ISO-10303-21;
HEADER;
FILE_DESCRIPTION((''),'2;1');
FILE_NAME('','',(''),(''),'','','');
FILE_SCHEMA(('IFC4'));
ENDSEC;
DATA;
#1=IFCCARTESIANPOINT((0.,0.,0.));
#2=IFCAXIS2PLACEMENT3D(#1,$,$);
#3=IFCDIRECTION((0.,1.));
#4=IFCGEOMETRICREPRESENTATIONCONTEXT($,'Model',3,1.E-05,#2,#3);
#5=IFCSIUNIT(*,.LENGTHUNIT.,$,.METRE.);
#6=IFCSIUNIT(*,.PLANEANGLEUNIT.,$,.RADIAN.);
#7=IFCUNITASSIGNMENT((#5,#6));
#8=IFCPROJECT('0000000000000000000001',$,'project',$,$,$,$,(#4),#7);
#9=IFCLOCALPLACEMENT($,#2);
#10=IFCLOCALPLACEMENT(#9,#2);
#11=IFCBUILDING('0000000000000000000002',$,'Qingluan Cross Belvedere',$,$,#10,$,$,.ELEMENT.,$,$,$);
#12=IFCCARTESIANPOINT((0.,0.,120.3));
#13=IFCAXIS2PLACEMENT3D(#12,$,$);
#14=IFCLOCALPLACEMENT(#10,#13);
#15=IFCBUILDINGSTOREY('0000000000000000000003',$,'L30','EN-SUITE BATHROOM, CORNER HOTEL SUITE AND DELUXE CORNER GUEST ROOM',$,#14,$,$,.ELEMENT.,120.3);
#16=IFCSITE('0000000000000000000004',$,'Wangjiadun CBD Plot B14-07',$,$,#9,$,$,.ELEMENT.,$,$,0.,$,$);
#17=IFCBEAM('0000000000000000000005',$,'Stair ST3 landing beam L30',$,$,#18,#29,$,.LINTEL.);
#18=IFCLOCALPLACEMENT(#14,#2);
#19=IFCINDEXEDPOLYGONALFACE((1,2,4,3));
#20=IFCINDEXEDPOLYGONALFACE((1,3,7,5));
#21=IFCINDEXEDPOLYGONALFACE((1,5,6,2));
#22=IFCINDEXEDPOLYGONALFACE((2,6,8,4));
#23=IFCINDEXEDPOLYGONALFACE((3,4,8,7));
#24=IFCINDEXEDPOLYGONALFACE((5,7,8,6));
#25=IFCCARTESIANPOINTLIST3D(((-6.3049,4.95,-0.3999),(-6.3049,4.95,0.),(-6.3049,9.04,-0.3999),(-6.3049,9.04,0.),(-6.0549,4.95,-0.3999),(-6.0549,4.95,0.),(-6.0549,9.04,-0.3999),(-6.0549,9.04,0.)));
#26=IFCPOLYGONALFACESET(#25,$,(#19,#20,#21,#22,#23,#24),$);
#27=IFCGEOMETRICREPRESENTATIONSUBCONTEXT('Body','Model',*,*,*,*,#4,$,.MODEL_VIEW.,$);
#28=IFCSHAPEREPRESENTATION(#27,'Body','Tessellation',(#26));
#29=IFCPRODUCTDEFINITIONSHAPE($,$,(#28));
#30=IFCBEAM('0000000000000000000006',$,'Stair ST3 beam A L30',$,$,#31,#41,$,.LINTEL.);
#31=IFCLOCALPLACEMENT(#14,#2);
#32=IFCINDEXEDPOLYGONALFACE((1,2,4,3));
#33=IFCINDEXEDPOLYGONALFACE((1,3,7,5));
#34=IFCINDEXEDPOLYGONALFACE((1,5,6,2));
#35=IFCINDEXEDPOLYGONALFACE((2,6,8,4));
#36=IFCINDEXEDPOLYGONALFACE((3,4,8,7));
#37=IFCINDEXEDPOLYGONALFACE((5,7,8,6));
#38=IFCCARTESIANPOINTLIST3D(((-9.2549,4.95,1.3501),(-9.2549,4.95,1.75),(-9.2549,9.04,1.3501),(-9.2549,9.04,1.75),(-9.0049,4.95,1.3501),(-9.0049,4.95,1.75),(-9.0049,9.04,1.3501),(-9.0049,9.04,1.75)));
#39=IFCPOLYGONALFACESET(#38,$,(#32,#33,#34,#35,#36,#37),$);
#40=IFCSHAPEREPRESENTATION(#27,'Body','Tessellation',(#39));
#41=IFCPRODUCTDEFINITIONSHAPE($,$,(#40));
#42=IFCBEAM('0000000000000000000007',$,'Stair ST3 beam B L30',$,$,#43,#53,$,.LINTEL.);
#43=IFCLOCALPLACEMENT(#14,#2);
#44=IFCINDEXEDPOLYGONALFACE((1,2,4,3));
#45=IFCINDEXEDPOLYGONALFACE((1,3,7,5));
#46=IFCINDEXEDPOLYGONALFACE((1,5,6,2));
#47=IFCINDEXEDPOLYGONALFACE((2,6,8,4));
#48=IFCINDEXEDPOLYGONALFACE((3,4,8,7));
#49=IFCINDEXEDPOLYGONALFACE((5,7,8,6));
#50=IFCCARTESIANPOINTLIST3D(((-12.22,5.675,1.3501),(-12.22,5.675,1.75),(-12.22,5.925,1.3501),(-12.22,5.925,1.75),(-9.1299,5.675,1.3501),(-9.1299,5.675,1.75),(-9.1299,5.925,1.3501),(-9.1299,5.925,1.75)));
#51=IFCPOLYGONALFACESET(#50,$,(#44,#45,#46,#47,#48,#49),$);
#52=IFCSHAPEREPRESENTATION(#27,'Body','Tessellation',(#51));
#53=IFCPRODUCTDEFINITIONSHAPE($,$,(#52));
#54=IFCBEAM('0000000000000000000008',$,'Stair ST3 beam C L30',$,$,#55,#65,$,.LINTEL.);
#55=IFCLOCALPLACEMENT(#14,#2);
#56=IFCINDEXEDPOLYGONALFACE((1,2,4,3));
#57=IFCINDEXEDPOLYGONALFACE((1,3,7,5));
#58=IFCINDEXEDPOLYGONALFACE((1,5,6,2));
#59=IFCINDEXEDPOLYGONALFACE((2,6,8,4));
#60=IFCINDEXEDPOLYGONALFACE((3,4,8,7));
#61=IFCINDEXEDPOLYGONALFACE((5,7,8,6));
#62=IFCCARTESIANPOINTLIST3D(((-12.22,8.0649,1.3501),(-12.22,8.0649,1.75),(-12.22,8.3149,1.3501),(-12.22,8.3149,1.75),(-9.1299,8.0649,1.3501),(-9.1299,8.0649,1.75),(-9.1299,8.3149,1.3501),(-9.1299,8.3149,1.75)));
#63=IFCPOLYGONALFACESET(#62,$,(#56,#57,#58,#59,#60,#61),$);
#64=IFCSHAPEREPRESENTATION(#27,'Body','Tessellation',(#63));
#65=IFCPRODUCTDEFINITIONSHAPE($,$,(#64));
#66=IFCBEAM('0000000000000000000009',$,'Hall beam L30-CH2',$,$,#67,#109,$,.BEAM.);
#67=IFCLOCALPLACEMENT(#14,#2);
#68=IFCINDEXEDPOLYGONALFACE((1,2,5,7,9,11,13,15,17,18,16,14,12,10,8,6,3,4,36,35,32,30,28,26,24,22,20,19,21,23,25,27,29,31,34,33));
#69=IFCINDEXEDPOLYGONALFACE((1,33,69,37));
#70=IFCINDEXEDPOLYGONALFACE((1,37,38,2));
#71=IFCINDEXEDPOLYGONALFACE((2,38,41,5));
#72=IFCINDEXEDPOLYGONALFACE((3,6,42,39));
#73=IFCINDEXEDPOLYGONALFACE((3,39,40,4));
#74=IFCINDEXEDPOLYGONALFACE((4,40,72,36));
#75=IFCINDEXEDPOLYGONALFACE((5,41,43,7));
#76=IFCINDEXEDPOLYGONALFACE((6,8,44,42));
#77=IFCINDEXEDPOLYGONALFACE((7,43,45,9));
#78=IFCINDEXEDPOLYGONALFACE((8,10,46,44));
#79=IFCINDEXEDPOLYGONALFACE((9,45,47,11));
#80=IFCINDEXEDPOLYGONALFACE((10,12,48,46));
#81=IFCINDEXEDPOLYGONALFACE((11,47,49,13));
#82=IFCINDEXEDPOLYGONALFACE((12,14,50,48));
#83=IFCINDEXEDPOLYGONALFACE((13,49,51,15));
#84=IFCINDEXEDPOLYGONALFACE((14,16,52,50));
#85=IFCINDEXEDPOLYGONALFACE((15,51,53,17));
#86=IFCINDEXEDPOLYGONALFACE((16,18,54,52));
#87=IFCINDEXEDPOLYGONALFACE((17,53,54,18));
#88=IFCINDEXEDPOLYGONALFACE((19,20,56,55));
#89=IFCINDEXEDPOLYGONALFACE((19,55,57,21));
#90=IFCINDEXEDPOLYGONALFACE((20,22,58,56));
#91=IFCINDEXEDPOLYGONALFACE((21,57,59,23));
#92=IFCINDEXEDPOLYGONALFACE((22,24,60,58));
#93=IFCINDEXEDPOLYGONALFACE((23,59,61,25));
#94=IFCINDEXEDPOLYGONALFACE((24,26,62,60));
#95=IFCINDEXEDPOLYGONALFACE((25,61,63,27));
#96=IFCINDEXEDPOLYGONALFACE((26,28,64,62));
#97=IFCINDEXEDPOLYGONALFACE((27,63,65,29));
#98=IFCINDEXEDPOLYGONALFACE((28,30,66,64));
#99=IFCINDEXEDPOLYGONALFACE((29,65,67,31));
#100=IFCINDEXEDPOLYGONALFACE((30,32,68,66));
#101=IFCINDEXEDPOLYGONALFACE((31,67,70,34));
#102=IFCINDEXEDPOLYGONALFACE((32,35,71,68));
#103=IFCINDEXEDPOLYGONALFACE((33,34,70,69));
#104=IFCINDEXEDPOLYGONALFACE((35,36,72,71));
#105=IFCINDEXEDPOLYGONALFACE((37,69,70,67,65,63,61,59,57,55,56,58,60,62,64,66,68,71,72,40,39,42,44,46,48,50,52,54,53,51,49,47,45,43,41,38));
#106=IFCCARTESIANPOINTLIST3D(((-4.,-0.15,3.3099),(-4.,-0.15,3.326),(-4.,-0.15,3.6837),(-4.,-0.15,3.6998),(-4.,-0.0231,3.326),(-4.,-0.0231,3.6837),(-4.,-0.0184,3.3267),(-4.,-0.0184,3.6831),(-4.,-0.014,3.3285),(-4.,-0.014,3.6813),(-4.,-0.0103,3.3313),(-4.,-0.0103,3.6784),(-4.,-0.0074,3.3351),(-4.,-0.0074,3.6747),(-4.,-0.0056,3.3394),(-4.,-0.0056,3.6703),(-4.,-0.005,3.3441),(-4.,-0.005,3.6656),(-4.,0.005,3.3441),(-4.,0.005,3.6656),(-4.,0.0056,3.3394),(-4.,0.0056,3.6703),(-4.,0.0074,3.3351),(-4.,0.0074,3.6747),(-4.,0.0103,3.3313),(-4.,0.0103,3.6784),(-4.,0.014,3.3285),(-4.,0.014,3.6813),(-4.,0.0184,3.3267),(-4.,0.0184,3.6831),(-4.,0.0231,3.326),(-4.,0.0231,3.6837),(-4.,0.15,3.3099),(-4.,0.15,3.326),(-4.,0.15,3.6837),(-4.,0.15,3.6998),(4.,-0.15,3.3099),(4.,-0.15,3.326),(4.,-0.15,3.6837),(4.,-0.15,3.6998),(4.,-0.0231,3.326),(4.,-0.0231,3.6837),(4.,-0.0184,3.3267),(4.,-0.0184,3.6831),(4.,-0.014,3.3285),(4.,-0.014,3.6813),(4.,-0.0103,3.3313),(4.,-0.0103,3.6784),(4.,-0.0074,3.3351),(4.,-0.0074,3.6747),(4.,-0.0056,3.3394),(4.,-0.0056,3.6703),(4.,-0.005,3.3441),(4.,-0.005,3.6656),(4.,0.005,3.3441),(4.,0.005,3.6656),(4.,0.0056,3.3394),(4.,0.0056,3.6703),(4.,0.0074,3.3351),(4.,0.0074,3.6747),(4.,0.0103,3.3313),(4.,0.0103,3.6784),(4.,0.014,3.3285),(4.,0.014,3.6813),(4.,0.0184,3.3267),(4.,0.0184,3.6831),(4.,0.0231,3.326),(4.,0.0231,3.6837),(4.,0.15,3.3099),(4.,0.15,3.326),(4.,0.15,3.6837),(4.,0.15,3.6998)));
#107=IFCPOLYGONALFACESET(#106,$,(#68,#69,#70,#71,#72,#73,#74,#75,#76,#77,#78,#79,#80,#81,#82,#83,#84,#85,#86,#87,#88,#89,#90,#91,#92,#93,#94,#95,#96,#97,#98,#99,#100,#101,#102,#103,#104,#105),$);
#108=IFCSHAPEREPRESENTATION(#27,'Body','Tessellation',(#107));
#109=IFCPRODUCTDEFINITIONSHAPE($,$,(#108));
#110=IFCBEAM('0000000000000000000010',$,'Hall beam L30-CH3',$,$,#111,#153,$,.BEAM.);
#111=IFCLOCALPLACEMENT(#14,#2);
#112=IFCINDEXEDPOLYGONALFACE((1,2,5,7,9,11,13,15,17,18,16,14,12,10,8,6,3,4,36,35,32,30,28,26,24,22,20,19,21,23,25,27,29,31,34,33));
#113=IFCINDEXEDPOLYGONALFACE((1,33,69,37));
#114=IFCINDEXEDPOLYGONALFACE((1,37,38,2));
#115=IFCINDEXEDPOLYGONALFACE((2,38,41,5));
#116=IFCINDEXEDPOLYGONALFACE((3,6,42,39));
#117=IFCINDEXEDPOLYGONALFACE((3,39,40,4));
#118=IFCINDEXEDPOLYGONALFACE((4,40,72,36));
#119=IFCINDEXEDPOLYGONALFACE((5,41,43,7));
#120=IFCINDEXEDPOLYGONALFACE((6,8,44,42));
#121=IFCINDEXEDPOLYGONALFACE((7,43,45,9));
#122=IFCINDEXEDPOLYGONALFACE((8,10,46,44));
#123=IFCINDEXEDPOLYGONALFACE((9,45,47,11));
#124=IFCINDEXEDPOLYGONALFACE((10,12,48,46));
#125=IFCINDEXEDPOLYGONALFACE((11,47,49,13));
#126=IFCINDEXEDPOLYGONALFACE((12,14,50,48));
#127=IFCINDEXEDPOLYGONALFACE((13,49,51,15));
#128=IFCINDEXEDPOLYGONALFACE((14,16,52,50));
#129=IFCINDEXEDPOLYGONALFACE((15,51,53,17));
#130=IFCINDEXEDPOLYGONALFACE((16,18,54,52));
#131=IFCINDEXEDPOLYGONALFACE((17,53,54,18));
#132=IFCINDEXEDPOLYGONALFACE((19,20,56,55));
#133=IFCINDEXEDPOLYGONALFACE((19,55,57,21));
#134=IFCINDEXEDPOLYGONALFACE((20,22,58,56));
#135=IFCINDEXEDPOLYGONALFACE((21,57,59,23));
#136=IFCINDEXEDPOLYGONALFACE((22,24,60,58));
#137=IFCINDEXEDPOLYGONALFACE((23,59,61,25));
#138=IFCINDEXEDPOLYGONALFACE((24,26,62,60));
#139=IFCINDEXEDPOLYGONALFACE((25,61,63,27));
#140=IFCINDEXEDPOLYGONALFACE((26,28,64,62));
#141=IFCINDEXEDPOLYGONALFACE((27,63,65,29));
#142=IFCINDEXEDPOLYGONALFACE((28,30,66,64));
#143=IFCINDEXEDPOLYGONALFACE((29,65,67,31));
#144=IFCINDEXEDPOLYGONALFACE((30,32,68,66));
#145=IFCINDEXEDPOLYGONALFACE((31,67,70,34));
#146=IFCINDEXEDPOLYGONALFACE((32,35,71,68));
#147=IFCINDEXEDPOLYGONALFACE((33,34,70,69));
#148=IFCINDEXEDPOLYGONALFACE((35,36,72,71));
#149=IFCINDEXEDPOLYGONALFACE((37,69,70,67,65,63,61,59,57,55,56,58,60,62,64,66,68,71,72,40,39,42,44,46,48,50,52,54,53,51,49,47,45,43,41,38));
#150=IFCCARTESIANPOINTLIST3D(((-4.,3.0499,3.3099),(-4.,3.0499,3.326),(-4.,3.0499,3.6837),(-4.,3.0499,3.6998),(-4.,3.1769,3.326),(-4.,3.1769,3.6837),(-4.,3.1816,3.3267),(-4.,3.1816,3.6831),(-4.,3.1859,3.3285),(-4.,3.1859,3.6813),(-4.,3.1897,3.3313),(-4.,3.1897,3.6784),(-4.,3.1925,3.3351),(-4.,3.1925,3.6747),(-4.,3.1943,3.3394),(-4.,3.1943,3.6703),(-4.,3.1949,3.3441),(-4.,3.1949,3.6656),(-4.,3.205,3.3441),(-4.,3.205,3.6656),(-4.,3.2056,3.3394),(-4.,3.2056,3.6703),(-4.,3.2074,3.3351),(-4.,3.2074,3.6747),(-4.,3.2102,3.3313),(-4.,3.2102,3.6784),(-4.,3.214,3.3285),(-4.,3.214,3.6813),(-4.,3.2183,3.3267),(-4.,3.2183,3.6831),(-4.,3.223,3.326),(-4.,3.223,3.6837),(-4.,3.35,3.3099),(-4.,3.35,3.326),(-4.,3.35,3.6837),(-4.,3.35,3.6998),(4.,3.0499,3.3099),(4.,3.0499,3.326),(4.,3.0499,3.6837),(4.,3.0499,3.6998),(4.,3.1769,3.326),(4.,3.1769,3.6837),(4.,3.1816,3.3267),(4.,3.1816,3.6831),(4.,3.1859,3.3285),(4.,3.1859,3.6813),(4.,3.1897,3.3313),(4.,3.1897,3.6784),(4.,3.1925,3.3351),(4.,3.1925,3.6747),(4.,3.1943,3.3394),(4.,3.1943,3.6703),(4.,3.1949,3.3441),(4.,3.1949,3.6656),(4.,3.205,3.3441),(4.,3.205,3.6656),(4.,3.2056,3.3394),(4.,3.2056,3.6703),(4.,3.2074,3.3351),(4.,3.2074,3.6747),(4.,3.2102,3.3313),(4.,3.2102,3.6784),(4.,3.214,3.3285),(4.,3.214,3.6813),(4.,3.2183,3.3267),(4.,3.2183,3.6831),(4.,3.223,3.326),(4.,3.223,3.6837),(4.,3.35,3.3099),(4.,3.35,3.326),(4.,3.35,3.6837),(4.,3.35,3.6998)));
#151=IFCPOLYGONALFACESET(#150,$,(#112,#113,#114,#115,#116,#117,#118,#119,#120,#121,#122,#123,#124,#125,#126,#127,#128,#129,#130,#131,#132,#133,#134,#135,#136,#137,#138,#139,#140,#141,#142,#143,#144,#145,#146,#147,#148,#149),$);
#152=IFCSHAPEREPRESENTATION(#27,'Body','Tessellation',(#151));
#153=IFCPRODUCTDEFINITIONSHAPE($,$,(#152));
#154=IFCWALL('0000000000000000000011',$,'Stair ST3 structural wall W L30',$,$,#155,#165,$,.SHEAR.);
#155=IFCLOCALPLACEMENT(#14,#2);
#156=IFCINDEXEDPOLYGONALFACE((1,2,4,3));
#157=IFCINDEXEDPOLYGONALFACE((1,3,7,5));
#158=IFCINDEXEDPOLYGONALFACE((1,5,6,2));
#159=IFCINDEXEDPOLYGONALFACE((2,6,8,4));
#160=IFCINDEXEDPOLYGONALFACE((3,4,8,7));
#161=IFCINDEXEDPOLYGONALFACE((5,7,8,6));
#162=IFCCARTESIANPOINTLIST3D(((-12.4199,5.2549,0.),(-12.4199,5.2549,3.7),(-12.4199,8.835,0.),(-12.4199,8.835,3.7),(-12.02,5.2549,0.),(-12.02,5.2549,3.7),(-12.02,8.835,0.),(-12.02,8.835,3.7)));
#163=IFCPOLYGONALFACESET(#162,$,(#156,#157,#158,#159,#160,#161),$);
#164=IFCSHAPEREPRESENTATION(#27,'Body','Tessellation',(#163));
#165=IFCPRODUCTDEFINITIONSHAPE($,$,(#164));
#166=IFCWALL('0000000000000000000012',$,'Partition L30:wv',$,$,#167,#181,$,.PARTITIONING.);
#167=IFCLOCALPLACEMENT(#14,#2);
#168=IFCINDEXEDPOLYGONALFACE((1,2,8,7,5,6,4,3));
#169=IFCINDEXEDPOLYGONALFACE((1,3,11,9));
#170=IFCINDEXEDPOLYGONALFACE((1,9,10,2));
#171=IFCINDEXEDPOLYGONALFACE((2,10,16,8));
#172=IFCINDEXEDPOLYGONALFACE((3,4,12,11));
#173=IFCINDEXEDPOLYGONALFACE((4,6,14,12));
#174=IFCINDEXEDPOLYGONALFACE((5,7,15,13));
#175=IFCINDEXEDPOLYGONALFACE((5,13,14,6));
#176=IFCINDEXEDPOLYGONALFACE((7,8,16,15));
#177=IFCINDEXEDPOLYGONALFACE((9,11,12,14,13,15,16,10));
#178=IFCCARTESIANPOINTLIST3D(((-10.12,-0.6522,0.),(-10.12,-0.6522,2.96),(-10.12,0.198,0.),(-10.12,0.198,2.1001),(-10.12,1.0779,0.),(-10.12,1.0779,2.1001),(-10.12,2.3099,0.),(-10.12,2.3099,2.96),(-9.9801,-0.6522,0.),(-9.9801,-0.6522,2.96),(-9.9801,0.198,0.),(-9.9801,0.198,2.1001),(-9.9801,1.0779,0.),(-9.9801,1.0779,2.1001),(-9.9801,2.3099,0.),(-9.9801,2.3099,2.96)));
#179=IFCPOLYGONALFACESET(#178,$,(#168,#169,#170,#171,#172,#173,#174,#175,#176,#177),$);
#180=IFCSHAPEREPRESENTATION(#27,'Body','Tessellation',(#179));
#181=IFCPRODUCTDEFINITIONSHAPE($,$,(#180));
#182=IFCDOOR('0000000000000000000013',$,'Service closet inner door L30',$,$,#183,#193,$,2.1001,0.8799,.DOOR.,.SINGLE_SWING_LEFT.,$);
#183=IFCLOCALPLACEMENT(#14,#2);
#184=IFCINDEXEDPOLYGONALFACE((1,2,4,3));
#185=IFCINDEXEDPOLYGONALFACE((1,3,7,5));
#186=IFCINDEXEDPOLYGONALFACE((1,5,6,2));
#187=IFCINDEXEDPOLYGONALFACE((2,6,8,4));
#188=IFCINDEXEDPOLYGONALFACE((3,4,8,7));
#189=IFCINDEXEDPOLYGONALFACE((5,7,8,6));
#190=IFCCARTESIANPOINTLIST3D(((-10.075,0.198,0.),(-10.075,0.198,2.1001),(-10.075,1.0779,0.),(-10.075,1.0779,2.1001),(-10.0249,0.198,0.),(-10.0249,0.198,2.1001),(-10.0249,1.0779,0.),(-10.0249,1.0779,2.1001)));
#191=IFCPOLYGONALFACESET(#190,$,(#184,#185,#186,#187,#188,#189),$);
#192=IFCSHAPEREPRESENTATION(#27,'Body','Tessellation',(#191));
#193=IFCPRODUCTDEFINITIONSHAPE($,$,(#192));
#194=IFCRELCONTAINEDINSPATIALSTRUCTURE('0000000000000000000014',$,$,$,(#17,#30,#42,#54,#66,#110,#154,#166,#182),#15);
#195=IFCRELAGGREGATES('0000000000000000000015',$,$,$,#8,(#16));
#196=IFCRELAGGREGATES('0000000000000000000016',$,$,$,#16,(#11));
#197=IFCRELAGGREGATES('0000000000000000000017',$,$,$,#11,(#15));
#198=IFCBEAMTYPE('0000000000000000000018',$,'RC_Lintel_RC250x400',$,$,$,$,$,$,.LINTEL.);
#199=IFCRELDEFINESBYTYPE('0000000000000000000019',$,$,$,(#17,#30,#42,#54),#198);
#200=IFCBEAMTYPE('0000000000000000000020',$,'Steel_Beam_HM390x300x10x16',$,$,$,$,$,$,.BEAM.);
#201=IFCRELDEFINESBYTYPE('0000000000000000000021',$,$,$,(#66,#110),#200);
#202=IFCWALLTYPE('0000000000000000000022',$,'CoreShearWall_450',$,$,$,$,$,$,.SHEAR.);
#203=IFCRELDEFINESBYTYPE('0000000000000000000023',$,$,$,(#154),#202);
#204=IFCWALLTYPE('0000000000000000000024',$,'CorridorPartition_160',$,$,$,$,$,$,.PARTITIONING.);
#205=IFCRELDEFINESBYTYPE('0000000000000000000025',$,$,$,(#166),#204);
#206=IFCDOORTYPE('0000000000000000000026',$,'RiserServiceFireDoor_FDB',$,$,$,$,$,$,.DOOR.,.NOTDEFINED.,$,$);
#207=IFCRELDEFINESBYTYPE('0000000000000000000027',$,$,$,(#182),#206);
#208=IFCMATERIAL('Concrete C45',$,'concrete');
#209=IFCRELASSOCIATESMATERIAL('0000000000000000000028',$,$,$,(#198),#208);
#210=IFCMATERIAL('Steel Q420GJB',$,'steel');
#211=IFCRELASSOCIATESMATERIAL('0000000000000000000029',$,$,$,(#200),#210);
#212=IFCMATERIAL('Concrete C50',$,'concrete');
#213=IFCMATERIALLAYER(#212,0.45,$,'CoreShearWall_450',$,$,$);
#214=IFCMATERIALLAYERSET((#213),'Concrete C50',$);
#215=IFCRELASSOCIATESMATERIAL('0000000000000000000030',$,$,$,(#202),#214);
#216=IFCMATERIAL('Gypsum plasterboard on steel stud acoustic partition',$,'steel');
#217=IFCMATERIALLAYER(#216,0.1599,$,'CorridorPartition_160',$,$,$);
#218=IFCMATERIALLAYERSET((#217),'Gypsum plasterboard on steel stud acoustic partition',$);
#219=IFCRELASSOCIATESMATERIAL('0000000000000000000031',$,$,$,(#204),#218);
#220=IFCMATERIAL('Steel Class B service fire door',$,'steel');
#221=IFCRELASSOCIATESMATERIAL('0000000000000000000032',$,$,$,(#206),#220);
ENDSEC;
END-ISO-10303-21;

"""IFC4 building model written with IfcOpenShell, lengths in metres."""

from ifc_helpers import new_model, si_unit, direction, frame, frame_2d, origin, origin_2d, place, context, subcontext, project, spatial, rectangle, i_section, extrude, material, layer, layer_set, material_profile, profile_set, type_object, element, fill, save


model = new_model("IFC4")

# Units and contexts
model_context = context("Model", 3, precision=1e-05, world=origin(), true_north=direction((0.0, 1.0)))
body_context = subcontext(model_context, "Body", "Model", "MODEL_VIEW")
ifc_project = project(units=[si_unit("LENGTHUNIT", "METRE"), si_unit("PLANEANGLEUNIT", "RADIAN")], contexts=[model_context])

# Site, building, storey
site_placement = place(None, origin())
site = spatial("IfcSite", under=ifc_project, at=site_placement, Name="Wangjiadun CBD Plot B14-07", CompositionType="ELEMENT", RefElevation=0.0)
building_placement = place(site_placement, origin())
building = spatial("IfcBuilding", under=site, at=building_placement, Name="Qingluan Cross Belvedere", CompositionType="ELEMENT")
storey_placement = place(building_placement, frame((0.0, 0.0, 120.3)))
storey = spatial("IfcBuildingStorey", under=building, at=storey_placement, Name="L30", Description="EN-SUITE BATHROOM, CORNER HOTEL SUITE AND DELUXE CORNER GUEST ROOM", CompositionType="ELEMENT", Elevation=120.3)

# Beams
ifc_material_1 = material(Name="Concrete C45", Category="concrete")
ifc_material_profile_1 = material_profile(ifc_material_1, rectangle(XDim=0.25, YDim=0.3999, at=origin_2d()), Name="RC250x400")
ifc_profile_set_1 = profile_set([ifc_material_profile_1], Name="Concrete C45")
beam_type_1 = type_object("IfcBeamType", Name="RC_Lintel_RC250x400", PredefinedType="LINTEL", material=ifc_profile_set_1)
for number, where, z_axis, x_axis, name in (
    (1, (-6.1799, 4.95, -0.2), (0.0, 1.0, 0.0), (-1.0, 0.0, 0.0), "Stair ST3 landing beam L30"),
    (2, (-9.1299, 4.95, 1.55), (0.0, 1.0, 0.0), (-1.0, 0.0, 0.0), "Stair ST3 beam A L30"),
):
    element("IfcBeam", number, at=place(storey_placement, frame(where, z_axis=z_axis, x_axis=x_axis)), inside=storey, type_object=beam_type_1, Name=name, PredefinedType="LINTEL", context=body_context, shape_type="SweptSolid", body=[
        extrude(rectangle(XDim=0.25, YDim=0.3999, at=origin_2d()), origin(), (0.0, 0.0, 1.0), 4.0901),
    ])
for number, where, z_axis, x_axis, name in (
    (3, (-12.22, 5.8, 1.55), (1.0, 0.0, 0.0), (0.0, 1.0, 0.0), "Stair ST3 beam B L30"),
    (4, (-12.22, 8.1899, 1.55), (1.0, 0.0, 0.0), (0.0, 1.0, 0.0), "Stair ST3 beam C L30"),
):
    element("IfcBeam", number, at=place(storey_placement, frame(where, z_axis=z_axis, x_axis=x_axis)), inside=storey, type_object=beam_type_1, Name=name, PredefinedType="LINTEL", context=body_context, shape_type="SweptSolid", body=[
        extrude(rectangle(XDim=0.25, YDim=0.3999, at=origin_2d()), origin(), (0.0, 0.0, 1.0), 3.0901),
    ])
ifc_material_2 = material(Name="Steel Q420GJB", Category="steel")
ifc_material_profile_2 = material_profile(ifc_material_2, i_section(OverallWidth=0.3, OverallDepth=0.3899, WebThickness=0.01, FlangeThickness=0.0161, FilletRadius=0.0181, at=origin_2d()), Name="HM390x300x10x16")
ifc_profile_set_2 = profile_set([ifc_material_profile_2], Name="Steel Q420GJB")
beam_type_2 = type_object("IfcBeamType", Name="Steel_Beam_HM390x300x10x16", PredefinedType="BEAM", material=ifc_profile_set_2)
for number, where, z_axis, x_axis, name in (
    (5, (-4.0, 0.0, 3.5049), (1.0, 0.0, 0.0), (0.0, 1.0, 0.0), "Hall beam L30-CH2"),
    (6, (-4.0, 3.2, 3.5049), (1.0, 0.0, 0.0), (0.0, 1.0, 0.0), "Hall beam L30-CH3"),
):
    element("IfcBeam", number, at=place(storey_placement, frame(where, z_axis=z_axis, x_axis=x_axis)), inside=storey, type_object=beam_type_2, Name=name, PredefinedType="BEAM", context=body_context, shape_type="SweptSolid", body=[
        extrude(i_section(OverallWidth=0.3, OverallDepth=0.3899, WebThickness=0.01, FlangeThickness=0.0161, FilletRadius=0.0181, at=origin_2d()), origin(), (0.0, 0.0, 1.0), 8.0),
    ])

# Wall
ifc_material_3 = material(Name="Concrete C50", Category="concrete")
ifc_layer_1 = layer(ifc_material_3, 0.45, Name="CoreShearWall_450")
ifc_layer_set_1 = layer_set([ifc_layer_1], Name="Concrete C50")
wall_type_1 = type_object("IfcWallType", Name="CoreShearWall_450", PredefinedType="SHEAR", material=ifc_layer_set_1)
wall_1_placement = place(storey_placement, frame((-12.22, 5.2549, 0.0), z_axis=(0.0, 0.0, 1.0), x_axis=(0.0, 1.0, 0.0)))
element("IfcWall", 7, at=wall_1_placement, inside=storey, type_object=wall_type_1, Name="Stair ST3 structural wall W L30", PredefinedType="SHEAR", context=body_context, shape_type="SweptSolid", body=[
    extrude(rectangle(XDim=3.5801, YDim=0.3999, at=frame_2d((1.79, 0.0))), origin(), (0.0, 0.0, 1.0), 3.7),
])

# Wall, opening, door
ifc_material_4 = material(Name="Gypsum plasterboard on steel stud acoustic partition", Category="steel")
ifc_layer_2 = layer(ifc_material_4, 0.1599, Name="CorridorPartition_160")
ifc_layer_set_2 = layer_set([ifc_layer_2], Name="Gypsum plasterboard on steel stud acoustic partition")
wall_type_2 = type_object("IfcWallType", Name="CorridorPartition_160", PredefinedType="PARTITIONING", material=ifc_layer_set_2)
wall_2_placement = place(storey_placement, frame((-10.05, -0.6521, 0.0), z_axis=(0.0, 0.0, 1.0), x_axis=(0.0, 1.0, 0.0)))
wall_2 = element("IfcWall", 8, at=wall_2_placement, inside=storey, type_object=wall_type_2, Name="Partition L30:wv", PredefinedType="PARTITIONING", context=body_context, shape_type="SweptSolid", body=[
    extrude(rectangle(XDim=2.9622, YDim=0.1399, at=frame_2d((1.481, 0.0))), origin(), (0.0, 0.0, 1.0), 2.96),
])
opening_1_placement = place(wall_2_placement, frame((0.8501, 0.0, 0.0)))
opening_1 = element("IfcOpeningElement", 9, at=opening_1_placement, cuts=wall_2, PredefinedType="OPENING", context=body_context, shape_type="SweptSolid", body=[
    extrude(rectangle(XDim=0.8799, YDim=2.1001, at=frame_2d((0.4399, 1.05))), frame((0.0, 0.0798, 0.0), z_axis=(0.0, -1.0, 0.0), x_axis=(1.0, 0.0, 0.0)), (0.0, 0.0, 1.0), 0.1599),
])
ifc_material_5 = material(Name="Steel Class B service fire door", Category="steel")
door_type_1 = type_object("IfcDoorType", Name="RiserServiceFireDoor_FDB", OperationType="NOTDEFINED", PredefinedType="DOOR", material=ifc_material_5)
door_1_placement = place(opening_1_placement, origin())
door_1 = element("IfcDoor", 10, at=door_1_placement, inside=storey, type_object=door_type_1, Name="Service closet inner door L30", OperationType="SINGLE_SWING_LEFT", OverallHeight=2.1001, OverallWidth=0.8799, PredefinedType="DOOR", context=body_context, shape_type="SweptSolid", body=[
    extrude(rectangle(XDim=0.8799, YDim=2.1001, at=frame_2d((0.4399, 1.05))), frame((0.0, 0.0249, 0.0), z_axis=(0.0, -1.0, 0.0), x_axis=(1.0, 0.0, 0.0)), (0.0, 0.0, 1.0), 0.05),
])
fill(opening_1, door_1)

save(model, "model.ifc")
